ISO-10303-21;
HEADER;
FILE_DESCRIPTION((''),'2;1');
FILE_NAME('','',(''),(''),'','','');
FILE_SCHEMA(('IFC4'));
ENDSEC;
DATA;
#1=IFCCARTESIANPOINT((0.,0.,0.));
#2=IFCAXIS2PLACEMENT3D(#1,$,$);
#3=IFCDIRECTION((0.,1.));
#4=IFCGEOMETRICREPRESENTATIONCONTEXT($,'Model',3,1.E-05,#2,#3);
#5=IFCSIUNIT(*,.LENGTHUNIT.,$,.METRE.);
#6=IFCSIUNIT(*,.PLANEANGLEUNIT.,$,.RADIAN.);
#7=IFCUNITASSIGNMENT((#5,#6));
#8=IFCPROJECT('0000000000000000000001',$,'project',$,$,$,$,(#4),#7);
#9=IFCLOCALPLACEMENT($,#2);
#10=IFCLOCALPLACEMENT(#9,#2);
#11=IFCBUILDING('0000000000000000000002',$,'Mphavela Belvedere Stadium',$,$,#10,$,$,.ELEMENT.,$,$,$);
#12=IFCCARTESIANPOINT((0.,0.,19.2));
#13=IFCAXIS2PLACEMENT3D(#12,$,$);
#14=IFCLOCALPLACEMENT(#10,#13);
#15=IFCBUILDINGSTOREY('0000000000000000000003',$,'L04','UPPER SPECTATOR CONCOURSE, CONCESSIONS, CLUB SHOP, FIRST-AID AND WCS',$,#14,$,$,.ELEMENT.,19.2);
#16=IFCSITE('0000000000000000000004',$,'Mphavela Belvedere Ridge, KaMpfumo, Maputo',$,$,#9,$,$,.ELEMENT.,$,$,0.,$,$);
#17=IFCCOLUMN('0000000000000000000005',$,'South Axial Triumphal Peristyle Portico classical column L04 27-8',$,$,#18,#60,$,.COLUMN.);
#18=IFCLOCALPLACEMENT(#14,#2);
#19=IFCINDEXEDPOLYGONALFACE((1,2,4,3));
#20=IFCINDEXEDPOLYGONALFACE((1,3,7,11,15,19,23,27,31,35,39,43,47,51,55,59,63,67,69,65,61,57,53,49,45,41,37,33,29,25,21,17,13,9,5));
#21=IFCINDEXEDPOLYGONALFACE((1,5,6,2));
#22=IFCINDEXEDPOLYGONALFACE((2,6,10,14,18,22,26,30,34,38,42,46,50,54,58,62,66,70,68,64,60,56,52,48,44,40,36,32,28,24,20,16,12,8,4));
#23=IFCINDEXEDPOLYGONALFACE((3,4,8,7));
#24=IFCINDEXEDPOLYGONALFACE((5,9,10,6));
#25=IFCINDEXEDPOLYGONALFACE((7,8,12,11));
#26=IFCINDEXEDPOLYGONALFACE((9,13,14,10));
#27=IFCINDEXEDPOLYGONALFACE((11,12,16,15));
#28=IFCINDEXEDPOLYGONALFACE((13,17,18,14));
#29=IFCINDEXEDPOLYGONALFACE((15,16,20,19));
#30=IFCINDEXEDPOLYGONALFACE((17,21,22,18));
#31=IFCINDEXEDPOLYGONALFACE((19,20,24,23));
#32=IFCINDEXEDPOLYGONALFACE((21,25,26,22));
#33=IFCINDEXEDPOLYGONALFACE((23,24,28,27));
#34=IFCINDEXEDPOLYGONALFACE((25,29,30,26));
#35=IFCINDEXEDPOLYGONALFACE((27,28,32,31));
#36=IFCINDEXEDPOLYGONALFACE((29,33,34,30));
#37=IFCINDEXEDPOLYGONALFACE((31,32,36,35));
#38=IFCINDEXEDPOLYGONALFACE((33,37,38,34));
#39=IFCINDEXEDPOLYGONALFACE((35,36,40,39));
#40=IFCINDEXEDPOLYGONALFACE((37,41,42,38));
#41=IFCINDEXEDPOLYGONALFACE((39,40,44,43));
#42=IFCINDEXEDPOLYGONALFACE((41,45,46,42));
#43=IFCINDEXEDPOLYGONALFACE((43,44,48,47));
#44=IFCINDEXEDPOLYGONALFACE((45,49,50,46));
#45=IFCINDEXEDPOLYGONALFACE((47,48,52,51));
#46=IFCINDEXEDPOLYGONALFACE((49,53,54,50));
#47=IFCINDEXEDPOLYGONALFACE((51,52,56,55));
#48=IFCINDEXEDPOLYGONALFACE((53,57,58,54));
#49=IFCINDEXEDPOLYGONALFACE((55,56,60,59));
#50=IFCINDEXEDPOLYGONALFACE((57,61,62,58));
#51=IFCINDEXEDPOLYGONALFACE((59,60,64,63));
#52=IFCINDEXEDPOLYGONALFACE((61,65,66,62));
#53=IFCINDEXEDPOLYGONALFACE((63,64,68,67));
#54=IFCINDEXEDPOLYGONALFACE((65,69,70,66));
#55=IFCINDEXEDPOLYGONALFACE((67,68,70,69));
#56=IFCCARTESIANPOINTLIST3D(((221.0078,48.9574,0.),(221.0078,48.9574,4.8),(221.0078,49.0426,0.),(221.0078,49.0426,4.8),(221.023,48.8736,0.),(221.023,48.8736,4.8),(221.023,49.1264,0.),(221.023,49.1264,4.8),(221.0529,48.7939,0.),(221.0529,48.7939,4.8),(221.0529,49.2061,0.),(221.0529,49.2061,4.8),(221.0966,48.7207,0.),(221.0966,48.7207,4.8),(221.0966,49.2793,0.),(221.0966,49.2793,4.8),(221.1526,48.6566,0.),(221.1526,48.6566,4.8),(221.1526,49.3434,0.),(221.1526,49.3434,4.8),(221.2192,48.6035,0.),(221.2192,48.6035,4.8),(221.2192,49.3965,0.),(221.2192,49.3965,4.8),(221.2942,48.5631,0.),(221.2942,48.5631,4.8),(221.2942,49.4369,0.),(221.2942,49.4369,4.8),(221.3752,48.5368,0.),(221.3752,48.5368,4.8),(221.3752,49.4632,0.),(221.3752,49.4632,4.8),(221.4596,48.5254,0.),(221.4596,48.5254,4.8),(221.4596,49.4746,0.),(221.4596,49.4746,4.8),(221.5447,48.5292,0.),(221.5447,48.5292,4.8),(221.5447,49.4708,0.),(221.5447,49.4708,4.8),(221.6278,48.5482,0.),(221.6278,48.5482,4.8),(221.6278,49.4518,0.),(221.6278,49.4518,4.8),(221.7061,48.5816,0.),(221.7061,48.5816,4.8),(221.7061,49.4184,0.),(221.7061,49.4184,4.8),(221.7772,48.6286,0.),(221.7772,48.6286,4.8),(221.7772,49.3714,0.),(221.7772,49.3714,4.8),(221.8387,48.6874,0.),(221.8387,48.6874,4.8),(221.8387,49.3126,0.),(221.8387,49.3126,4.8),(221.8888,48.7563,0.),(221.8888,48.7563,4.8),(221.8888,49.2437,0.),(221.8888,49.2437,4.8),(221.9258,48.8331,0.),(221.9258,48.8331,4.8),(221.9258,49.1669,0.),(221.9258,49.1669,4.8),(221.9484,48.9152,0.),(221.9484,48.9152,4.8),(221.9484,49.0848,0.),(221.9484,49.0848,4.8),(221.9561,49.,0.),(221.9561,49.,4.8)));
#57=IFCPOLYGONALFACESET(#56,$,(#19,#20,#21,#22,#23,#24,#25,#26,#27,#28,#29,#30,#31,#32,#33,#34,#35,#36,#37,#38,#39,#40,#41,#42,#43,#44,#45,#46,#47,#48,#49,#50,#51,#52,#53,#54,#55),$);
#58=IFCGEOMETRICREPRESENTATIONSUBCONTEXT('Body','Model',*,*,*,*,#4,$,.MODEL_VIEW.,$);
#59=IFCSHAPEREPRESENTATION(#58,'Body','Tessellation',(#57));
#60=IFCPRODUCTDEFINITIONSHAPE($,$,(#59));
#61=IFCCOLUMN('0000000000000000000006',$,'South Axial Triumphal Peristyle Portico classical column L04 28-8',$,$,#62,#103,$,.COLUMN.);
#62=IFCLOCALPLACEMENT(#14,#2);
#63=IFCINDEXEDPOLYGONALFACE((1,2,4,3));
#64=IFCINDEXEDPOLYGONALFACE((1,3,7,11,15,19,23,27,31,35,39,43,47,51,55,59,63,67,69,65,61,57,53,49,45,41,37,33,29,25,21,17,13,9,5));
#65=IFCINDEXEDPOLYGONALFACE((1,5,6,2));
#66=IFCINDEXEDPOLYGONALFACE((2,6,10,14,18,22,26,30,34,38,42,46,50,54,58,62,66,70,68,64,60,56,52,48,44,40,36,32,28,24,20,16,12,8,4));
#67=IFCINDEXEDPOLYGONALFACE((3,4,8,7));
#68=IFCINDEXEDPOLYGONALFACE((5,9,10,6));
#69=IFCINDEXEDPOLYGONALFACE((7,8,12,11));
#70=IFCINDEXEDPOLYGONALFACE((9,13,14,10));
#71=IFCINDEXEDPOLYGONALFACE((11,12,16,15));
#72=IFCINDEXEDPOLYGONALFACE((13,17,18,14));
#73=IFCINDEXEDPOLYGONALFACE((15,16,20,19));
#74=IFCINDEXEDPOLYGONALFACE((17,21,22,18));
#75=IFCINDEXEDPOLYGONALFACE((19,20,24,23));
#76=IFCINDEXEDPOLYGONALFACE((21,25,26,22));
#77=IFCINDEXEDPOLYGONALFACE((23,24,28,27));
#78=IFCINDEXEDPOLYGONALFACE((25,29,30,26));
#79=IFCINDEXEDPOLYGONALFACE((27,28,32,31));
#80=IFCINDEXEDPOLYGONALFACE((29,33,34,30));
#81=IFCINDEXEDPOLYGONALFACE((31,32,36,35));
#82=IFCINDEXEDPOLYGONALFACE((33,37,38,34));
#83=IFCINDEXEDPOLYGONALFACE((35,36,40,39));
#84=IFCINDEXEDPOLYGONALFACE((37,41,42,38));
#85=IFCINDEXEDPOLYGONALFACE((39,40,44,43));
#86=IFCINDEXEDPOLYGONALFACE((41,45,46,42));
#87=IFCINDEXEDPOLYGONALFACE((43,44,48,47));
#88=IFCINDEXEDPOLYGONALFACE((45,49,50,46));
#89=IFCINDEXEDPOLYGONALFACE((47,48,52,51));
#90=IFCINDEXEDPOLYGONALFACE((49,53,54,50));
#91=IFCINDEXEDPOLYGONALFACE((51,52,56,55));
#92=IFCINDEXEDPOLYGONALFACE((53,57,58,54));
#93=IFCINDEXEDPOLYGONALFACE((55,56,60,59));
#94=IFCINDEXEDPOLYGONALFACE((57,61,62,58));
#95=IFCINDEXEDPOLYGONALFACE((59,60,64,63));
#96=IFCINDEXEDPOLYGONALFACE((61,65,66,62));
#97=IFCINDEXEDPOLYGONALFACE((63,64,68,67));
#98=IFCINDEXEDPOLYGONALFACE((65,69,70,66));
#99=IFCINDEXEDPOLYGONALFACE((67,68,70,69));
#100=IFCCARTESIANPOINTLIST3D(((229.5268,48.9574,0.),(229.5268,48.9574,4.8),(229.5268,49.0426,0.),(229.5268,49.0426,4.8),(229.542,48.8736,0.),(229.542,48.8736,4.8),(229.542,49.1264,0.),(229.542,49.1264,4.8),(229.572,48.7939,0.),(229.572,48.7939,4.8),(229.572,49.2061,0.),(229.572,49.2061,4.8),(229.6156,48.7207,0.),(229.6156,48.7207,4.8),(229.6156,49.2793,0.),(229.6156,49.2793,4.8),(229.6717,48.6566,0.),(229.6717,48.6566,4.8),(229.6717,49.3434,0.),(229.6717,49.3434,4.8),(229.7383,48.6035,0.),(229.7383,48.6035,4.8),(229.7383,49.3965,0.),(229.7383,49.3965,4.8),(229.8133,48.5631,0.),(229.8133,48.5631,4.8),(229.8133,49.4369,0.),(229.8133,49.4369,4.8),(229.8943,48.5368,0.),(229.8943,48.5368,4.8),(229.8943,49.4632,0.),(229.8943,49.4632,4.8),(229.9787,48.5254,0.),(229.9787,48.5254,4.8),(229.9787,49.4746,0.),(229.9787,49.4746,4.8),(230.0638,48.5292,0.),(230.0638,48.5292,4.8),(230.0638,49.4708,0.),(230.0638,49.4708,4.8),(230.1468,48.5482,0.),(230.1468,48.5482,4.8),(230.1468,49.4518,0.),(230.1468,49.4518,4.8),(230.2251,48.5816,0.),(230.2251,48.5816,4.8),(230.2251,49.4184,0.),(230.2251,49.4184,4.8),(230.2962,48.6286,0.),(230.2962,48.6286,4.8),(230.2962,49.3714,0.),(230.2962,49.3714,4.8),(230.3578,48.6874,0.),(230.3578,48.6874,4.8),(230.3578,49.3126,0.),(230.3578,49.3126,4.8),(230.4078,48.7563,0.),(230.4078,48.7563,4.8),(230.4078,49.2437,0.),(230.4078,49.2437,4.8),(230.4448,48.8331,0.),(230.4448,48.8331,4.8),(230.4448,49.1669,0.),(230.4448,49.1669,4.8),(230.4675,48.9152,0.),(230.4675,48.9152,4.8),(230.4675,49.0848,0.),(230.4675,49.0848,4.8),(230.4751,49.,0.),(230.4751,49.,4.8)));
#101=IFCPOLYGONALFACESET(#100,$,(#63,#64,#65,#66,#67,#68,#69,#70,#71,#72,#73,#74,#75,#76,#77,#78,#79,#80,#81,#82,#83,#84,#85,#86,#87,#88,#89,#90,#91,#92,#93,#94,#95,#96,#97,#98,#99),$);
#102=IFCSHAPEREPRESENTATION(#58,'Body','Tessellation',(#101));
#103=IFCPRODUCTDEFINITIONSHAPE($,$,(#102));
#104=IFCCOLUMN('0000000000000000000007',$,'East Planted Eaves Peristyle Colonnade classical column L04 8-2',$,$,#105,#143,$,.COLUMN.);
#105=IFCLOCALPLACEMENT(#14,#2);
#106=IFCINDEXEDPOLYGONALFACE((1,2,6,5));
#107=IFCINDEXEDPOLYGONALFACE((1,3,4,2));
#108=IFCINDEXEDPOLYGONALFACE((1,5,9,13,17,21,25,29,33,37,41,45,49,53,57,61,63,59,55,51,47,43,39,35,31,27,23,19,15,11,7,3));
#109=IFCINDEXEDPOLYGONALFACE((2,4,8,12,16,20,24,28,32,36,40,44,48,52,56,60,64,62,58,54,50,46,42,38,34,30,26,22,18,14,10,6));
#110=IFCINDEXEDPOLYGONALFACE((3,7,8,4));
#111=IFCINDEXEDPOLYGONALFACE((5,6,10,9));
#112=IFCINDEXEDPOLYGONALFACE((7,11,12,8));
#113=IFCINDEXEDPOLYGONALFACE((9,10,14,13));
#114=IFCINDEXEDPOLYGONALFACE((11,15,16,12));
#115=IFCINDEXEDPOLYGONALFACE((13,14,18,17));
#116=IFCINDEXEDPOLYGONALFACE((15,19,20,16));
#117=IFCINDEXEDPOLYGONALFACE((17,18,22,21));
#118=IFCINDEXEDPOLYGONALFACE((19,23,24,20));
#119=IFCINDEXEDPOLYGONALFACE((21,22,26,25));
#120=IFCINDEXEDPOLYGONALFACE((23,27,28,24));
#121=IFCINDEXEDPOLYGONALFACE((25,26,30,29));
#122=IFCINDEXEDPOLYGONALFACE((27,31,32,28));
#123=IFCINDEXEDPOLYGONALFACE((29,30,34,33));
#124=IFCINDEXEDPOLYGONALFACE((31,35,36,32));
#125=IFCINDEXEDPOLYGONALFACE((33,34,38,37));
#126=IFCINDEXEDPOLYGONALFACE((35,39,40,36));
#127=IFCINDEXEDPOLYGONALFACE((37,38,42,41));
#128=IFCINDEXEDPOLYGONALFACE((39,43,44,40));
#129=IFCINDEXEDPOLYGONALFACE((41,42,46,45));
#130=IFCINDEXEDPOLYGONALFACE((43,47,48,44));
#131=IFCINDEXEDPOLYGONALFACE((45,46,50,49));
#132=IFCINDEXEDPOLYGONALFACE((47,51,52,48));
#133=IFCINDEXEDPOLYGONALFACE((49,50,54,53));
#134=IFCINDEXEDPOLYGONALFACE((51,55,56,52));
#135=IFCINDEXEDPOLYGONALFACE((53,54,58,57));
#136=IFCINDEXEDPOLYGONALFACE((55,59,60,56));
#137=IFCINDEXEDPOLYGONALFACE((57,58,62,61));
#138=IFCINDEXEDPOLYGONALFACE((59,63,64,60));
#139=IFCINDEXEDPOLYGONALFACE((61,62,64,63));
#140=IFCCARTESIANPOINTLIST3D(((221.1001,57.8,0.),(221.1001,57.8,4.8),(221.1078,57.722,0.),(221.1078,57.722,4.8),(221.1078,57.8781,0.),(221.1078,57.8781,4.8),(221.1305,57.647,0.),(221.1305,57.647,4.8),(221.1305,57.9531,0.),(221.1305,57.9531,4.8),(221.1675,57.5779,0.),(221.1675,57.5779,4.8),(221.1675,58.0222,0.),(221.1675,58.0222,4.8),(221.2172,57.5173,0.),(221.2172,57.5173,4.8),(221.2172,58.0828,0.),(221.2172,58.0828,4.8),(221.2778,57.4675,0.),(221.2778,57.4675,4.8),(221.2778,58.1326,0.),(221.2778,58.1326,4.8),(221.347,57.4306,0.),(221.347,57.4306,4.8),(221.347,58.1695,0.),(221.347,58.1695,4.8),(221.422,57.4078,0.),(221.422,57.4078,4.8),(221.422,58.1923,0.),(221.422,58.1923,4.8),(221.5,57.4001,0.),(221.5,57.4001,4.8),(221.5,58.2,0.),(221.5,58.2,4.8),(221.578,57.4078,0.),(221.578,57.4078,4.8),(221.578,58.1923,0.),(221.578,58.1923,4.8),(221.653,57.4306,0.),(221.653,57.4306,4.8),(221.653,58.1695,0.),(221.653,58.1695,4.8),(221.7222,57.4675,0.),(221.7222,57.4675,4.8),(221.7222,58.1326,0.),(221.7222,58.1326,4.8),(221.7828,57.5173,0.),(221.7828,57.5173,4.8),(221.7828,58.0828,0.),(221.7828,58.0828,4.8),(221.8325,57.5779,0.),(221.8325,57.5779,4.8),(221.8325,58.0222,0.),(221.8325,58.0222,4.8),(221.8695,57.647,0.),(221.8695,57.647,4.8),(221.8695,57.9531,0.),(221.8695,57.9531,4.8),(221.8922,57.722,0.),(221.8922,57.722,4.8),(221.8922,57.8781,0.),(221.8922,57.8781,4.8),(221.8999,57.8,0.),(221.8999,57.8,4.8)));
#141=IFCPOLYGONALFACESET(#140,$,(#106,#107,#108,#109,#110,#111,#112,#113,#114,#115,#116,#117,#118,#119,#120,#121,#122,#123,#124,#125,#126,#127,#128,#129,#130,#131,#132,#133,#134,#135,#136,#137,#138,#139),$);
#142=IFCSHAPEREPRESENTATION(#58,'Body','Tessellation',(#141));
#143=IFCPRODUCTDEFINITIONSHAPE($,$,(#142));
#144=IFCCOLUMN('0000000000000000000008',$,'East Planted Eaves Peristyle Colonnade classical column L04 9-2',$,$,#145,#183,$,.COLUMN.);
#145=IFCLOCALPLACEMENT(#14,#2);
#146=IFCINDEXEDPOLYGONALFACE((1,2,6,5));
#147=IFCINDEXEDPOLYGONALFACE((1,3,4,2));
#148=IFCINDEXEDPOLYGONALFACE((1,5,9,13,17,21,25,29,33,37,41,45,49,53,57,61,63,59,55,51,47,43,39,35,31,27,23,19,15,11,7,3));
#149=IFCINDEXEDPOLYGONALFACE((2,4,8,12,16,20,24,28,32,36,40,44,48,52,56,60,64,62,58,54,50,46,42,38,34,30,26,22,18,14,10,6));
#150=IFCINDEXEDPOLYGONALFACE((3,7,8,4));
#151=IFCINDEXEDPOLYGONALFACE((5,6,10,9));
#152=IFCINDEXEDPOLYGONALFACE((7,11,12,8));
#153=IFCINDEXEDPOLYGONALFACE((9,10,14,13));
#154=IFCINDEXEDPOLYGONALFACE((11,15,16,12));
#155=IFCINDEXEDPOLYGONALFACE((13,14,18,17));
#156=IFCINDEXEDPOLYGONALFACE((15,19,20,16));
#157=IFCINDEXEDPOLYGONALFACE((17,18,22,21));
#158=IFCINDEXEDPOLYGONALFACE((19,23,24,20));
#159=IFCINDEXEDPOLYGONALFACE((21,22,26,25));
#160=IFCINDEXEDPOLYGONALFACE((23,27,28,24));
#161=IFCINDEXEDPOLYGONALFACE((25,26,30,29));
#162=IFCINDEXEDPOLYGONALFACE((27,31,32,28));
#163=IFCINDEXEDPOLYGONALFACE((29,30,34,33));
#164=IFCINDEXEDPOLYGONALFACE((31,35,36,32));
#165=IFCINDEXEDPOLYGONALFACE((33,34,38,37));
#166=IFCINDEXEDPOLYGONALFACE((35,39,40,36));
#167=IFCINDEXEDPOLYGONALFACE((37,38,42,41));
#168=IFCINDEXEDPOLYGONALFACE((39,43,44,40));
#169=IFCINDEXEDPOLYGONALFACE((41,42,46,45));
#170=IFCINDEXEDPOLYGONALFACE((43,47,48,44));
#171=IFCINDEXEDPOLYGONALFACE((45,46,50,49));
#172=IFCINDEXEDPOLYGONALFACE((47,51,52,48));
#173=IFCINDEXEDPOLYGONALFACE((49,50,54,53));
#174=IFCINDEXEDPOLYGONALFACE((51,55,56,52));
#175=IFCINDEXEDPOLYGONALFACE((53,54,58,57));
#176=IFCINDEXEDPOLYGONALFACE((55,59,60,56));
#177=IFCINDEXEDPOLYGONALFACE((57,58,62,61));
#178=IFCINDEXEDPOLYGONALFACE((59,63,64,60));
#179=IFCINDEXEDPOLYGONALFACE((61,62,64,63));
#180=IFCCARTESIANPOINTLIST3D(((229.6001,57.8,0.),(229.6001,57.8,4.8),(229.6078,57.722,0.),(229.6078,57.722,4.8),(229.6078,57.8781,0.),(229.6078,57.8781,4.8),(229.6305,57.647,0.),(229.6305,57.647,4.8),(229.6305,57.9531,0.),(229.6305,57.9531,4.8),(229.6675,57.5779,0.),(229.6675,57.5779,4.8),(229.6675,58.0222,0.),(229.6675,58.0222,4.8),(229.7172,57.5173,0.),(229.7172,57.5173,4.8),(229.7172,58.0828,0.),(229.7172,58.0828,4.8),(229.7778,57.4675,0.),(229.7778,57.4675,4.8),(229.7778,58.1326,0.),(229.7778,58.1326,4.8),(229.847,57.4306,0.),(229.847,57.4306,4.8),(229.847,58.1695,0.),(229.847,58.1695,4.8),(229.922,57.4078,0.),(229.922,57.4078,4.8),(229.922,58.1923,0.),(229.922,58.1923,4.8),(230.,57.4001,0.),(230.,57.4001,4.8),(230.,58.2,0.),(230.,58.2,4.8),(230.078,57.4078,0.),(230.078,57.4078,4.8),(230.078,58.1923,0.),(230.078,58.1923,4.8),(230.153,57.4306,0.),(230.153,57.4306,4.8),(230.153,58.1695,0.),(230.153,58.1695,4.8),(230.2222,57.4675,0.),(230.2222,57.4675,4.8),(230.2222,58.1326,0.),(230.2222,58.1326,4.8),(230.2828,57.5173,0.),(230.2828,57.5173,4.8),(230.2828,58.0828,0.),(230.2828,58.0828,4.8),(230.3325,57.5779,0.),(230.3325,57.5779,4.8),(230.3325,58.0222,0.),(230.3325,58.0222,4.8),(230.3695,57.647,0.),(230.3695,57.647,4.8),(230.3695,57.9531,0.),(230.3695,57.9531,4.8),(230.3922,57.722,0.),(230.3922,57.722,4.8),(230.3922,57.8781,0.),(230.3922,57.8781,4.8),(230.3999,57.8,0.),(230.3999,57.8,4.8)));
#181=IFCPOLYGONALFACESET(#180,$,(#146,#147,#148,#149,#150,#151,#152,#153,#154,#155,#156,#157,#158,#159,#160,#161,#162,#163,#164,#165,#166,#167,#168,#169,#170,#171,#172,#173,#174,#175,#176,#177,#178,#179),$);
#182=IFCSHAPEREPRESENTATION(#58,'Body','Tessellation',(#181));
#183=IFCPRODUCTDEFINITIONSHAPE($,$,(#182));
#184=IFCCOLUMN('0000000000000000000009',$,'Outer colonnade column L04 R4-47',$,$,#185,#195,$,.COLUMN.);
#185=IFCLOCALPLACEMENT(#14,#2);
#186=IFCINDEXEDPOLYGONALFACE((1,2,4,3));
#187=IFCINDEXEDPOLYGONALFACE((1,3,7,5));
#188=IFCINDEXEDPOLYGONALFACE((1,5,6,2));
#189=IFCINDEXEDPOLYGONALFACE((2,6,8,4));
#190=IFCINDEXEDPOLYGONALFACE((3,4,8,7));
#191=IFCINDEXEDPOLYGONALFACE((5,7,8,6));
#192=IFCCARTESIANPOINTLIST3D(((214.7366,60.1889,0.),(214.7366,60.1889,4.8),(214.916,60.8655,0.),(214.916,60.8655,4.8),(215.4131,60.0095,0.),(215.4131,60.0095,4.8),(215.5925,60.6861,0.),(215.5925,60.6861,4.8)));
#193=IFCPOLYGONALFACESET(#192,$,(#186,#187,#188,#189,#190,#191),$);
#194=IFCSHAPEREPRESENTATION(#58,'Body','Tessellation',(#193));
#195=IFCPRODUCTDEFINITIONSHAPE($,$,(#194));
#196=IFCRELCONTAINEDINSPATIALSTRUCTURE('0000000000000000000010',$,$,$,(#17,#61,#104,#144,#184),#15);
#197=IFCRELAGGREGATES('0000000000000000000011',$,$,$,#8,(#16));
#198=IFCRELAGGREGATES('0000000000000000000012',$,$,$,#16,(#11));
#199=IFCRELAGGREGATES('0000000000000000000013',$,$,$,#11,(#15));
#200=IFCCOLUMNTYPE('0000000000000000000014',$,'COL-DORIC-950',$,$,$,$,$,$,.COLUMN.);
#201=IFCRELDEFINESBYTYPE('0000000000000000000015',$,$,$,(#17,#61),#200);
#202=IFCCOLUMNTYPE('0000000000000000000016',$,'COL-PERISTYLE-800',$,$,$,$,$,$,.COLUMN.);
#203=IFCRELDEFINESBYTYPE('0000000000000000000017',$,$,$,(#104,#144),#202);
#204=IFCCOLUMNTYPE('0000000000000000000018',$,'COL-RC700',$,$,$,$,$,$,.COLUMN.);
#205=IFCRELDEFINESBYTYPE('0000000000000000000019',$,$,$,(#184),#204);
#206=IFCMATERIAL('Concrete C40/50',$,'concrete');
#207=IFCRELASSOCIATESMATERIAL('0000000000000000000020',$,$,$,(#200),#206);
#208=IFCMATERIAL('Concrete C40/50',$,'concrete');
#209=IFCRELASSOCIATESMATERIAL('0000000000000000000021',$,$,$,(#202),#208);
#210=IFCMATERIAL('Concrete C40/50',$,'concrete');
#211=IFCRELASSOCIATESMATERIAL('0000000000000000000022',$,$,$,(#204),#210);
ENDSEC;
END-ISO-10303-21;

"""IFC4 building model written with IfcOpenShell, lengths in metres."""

from ifc_helpers import new_model, si_unit, direction, frame, origin, origin_2d, place, context, subcontext, project, spatial, rectangle, circle, extrude, material, material_profile, profile_set, type_object, element, save


model = new_model("IFC4")

# Units and contexts
model_context = context("Model", 3, precision=1e-05, world=origin(), true_north=direction((0.0, 1.0)))
body_context = subcontext(model_context, "Body", "Model", "MODEL_VIEW")
ifc_project = project(units=[si_unit("LENGTHUNIT", "METRE"), si_unit("PLANEANGLEUNIT", "RADIAN")], contexts=[model_context])

# Site, building, storey
site_placement = place(None, origin())
site = spatial("IfcSite", under=ifc_project, at=site_placement, Name="Mphavela Belvedere Ridge, KaMpfumo, Maputo", CompositionType="ELEMENT", RefElevation=0.0)
building_placement = place(site_placement, origin())
building = spatial("IfcBuilding", under=site, at=building_placement, Name="Mphavela Belvedere Stadium", CompositionType="ELEMENT")
storey_placement = place(building_placement, frame((0.0, 0.0, 19.2)))
storey = spatial("IfcBuildingStorey", under=building, at=storey_placement, Name="L04", Description="UPPER SPECTATOR CONCOURSE, CONCESSIONS, CLUB SHOP, FIRST-AID AND WCS", CompositionType="ELEMENT", Elevation=19.2)

# Columns
ifc_material_1 = material(Name="Concrete C40/50", Category="concrete")
ifc_material_profile_1 = material_profile(ifc_material_1, circle(Radius=0.4751, at=origin_2d()), Name="COL D950")
ifc_profile_set_1 = profile_set([ifc_material_profile_1], Name="Concrete C40/50")
column_type_1 = type_object("IfcColumnType", Name="COL-DORIC-950", PredefinedType="COLUMN", material=ifc_profile_set_1)
for number, where, z_axis, x_axis, name in (
    (1, (221.481, 49.0, 0.0), (0.0, 0.0, 1.0), (1.0, 0.0, 0.0), "South Axial Triumphal Peristyle Portico classical column L04 27-8"),
    (2, (230.0, 49.0, 0.0), (0.0, 0.0, 1.0), (1.0, 0.0, 0.0), "South Axial Triumphal Peristyle Portico classical column L04 28-8"),
):
    element("IfcColumn", number, at=place(storey_placement, frame(where, z_axis=z_axis, x_axis=x_axis)), inside=storey, type_object=column_type_1, Name=name, PredefinedType="COLUMN", context=body_context, shape_type="SweptSolid", body=[
        extrude(circle(Radius=0.4751, at=origin_2d()), origin(), (0.0, 0.0, 1.0), 4.8),
    ])
ifc_material_2 = material(Name="Concrete C40/50", Category="concrete")
ifc_material_profile_2 = material_profile(ifc_material_2, circle(Radius=0.3999, at=origin_2d()), Name="COL D800")
ifc_profile_set_2 = profile_set([ifc_material_profile_2], Name="Concrete C40/50")
column_type_2 = type_object("IfcColumnType", Name="COL-PERISTYLE-800", PredefinedType="COLUMN", material=ifc_profile_set_2)
for number, where, z_axis, x_axis, name in (
    (3, (221.5, 57.8, 0.0), (0.0, 0.0, 1.0), (1.0, 0.0, 0.0), "East Planted Eaves Peristyle Colonnade classical column L04 8-2"),
    (4, (230.0, 57.8, 0.0), (0.0, 0.0, 1.0), (1.0, 0.0, 0.0), "East Planted Eaves Peristyle Colonnade classical column L04 9-2"),
):
    element("IfcColumn", number, at=place(storey_placement, frame(where, z_axis=z_axis, x_axis=x_axis)), inside=storey, type_object=column_type_2, Name=name, PredefinedType="COLUMN", context=body_context, shape_type="SweptSolid", body=[
        extrude(circle(Radius=0.3999, at=origin_2d()), origin(), (0.0, 0.0, 1.0), 4.8),
    ])
ifc_material_3 = material(Name="Concrete C40/50", Category="concrete")
ifc_material_profile_3 = material_profile(ifc_material_3, rectangle(XDim=0.7, YDim=0.7, at=origin_2d()), Name="RC 700x700")
ifc_profile_set_3 = profile_set([ifc_material_profile_3], Name="Concrete C40/50")
column_type_3 = type_object("IfcColumnType", Name="COL-RC700", PredefinedType="COLUMN", material=ifc_profile_set_3)
column_placement = place(storey_placement, frame((215.1646, 60.4375, 0.0), z_axis=(0.0, 0.0, 1.0), x_axis=(0.9666, -0.256289, 0.0)))
element("IfcColumn", 5, at=column_placement, inside=storey, type_object=column_type_3, Name="Outer colonnade column L04 R4-47", PredefinedType="COLUMN", context=body_context, shape_type="SweptSolid", body=[
    extrude(rectangle(XDim=0.7, YDim=0.7, at=origin_2d()), origin(), (0.0, 0.0, 1.0), 4.8),
])

save(model, "model.ifc")
